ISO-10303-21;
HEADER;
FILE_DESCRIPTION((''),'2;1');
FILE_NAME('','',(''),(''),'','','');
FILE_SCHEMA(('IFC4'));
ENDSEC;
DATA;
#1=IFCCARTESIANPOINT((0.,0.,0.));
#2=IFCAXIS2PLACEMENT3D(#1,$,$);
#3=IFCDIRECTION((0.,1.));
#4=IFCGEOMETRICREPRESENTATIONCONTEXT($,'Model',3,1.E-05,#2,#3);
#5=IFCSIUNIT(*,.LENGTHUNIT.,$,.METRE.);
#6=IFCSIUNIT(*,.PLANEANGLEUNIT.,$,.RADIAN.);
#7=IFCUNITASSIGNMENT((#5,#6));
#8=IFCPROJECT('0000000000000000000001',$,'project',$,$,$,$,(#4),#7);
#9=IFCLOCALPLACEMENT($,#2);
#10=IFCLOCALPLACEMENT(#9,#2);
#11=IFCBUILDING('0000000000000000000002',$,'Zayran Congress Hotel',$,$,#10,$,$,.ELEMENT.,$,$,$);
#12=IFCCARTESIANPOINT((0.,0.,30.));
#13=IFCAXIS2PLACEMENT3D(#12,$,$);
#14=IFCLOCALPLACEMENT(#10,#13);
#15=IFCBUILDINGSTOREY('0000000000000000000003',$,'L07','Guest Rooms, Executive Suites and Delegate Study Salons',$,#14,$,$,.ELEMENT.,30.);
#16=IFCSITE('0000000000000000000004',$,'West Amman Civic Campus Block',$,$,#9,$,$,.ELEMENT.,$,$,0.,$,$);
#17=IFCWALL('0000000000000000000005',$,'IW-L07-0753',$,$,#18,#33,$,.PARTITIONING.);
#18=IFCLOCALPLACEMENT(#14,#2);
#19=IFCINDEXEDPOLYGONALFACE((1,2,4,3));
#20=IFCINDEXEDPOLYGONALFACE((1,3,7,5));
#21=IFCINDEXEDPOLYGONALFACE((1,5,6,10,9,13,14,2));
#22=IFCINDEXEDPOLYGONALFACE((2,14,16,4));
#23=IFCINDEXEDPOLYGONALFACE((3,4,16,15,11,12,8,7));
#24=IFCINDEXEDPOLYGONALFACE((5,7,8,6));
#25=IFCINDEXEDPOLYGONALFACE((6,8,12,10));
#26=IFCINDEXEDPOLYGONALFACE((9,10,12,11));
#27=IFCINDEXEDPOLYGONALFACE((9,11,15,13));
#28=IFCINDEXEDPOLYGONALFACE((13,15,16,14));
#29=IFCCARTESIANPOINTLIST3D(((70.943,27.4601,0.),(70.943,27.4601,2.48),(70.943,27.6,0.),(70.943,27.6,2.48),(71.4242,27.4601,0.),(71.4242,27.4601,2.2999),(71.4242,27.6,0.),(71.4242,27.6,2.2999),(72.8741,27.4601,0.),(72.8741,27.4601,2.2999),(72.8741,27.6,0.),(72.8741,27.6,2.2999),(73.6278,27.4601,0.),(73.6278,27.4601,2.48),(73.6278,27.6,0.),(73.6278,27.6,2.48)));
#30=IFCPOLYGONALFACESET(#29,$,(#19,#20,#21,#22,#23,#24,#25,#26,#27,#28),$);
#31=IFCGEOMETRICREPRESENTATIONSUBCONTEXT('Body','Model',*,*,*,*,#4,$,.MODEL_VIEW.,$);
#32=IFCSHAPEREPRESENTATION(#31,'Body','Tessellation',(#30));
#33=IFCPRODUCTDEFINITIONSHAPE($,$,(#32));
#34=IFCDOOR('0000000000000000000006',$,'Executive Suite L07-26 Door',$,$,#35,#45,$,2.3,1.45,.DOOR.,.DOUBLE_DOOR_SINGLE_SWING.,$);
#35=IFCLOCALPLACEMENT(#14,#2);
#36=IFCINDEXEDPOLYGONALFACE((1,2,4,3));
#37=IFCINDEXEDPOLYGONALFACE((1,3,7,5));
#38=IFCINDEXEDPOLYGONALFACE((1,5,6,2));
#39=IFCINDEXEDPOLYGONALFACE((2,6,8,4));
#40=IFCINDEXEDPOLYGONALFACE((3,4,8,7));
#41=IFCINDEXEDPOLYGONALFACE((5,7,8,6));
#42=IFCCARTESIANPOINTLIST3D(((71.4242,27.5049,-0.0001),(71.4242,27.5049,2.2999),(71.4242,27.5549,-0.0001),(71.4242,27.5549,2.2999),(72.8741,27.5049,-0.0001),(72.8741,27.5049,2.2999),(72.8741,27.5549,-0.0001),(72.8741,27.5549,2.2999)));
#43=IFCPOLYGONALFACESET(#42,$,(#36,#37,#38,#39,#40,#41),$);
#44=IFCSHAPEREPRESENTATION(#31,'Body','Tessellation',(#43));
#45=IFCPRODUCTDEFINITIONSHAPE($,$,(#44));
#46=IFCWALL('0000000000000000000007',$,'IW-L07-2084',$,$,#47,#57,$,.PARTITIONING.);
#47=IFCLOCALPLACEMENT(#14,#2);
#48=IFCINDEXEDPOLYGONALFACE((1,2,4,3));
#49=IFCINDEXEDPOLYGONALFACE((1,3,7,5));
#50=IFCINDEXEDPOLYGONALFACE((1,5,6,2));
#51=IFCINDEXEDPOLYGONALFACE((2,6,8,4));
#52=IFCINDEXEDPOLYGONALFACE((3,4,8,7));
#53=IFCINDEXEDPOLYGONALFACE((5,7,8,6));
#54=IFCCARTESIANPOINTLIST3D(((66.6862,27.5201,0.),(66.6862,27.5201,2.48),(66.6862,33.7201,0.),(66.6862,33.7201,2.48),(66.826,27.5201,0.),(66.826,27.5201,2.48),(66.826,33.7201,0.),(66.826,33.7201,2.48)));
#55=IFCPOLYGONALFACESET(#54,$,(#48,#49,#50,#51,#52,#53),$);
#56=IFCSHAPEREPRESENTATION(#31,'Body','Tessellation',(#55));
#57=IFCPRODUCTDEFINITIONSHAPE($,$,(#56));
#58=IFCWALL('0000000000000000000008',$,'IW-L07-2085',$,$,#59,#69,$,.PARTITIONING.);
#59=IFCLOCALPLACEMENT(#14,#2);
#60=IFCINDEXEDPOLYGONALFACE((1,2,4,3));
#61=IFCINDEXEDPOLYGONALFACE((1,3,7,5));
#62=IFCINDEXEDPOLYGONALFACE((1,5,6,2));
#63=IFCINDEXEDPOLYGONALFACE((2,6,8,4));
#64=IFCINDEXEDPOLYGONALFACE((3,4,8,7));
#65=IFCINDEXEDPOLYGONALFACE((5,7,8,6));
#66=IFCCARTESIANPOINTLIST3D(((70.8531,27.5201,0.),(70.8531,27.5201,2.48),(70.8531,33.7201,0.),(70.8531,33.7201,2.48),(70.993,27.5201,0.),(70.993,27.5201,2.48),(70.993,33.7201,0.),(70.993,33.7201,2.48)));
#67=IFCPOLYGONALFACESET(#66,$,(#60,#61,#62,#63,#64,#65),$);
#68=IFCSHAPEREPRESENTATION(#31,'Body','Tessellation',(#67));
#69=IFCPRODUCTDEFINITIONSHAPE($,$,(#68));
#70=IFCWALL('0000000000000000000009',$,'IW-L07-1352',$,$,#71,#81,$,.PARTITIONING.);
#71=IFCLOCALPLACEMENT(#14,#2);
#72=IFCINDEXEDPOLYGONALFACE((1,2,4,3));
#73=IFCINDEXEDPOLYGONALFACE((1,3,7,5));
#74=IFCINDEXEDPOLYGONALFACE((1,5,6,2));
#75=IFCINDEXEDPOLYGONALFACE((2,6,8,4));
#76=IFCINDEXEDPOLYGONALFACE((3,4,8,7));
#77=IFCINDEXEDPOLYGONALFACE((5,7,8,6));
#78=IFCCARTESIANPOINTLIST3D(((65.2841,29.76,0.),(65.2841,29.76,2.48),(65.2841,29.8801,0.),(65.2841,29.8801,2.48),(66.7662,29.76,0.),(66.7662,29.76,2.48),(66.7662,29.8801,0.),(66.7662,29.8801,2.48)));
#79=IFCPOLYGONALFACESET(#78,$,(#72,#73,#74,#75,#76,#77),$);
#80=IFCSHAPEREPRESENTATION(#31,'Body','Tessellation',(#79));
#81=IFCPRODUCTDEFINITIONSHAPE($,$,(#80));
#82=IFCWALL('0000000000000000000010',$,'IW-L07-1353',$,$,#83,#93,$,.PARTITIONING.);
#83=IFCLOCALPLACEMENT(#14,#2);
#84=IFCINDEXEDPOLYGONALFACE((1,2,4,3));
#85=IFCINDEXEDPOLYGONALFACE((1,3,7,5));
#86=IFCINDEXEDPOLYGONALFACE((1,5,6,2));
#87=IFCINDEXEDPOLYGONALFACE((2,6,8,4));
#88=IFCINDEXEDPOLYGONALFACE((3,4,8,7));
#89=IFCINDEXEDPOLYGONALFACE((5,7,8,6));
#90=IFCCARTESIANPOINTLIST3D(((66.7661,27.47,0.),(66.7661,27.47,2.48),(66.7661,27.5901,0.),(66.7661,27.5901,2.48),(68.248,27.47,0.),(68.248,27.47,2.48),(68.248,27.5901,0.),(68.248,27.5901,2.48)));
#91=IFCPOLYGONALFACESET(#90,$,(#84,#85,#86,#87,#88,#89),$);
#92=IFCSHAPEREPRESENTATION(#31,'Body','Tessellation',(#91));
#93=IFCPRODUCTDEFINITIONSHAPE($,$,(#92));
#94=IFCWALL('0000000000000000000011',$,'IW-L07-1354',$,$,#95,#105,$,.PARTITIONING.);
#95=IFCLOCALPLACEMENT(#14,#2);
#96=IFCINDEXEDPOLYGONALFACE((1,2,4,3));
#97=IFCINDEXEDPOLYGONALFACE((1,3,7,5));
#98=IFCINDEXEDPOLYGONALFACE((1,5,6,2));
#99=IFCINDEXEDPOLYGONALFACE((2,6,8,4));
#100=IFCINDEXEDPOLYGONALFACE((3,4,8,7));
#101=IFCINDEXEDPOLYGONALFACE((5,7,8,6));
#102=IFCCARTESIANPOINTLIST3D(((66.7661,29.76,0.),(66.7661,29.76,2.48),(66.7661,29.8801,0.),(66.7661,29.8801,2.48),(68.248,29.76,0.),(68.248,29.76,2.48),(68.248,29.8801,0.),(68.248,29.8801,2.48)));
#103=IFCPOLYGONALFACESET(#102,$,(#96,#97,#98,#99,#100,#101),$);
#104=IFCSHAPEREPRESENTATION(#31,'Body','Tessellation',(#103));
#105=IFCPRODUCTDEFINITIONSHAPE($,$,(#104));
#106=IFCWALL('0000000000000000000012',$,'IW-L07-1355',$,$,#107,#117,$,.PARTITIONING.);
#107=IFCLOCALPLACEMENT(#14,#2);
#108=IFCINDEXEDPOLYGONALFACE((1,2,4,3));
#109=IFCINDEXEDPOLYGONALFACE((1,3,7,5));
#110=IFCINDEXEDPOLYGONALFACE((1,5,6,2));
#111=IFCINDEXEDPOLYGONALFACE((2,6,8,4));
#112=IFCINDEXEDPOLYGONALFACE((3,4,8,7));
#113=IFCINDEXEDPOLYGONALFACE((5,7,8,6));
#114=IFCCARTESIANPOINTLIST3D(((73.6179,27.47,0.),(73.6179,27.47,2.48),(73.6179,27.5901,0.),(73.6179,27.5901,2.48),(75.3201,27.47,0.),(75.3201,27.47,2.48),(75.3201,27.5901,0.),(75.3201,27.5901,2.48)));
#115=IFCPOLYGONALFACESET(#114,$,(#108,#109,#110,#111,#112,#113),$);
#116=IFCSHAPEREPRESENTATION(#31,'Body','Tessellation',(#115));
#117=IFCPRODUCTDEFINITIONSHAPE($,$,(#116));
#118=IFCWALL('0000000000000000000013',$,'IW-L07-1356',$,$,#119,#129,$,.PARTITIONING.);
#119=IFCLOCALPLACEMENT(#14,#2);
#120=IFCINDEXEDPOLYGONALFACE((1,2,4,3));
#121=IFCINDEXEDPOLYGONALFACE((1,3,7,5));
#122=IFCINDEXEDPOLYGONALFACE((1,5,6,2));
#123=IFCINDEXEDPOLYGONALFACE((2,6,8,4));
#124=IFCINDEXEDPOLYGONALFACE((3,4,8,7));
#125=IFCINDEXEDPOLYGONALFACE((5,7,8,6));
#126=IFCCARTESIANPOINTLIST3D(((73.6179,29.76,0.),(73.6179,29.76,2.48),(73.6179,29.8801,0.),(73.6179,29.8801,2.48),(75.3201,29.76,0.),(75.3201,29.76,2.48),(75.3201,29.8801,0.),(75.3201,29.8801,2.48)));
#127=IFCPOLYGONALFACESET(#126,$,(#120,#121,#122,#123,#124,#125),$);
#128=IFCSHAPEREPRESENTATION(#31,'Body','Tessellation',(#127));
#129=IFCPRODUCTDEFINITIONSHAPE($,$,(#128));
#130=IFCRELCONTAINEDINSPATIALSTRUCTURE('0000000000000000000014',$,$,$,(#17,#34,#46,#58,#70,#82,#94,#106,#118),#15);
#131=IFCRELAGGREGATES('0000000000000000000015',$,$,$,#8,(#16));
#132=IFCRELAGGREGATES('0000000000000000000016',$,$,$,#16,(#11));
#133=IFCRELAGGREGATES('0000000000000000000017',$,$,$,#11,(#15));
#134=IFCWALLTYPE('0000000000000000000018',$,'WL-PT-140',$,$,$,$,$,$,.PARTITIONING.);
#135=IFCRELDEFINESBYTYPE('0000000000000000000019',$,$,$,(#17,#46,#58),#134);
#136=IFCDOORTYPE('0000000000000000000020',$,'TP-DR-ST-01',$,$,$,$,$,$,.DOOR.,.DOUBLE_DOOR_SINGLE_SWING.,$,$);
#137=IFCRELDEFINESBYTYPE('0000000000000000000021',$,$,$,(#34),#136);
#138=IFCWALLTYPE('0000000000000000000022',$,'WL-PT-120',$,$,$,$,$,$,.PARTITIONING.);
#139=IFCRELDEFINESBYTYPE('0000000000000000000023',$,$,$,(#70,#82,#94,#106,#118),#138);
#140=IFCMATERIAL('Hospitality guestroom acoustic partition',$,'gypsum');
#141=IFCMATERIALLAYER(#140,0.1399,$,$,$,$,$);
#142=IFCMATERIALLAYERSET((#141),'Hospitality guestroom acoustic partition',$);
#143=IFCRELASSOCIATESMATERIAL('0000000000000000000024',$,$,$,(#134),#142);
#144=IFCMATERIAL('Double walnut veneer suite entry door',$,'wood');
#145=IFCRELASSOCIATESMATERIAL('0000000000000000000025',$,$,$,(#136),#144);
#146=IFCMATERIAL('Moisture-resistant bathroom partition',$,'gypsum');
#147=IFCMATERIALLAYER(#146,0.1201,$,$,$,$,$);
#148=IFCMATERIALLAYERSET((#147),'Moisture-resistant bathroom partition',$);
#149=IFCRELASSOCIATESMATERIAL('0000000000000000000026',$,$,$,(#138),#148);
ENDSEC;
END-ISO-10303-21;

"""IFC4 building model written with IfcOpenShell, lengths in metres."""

from ifc_helpers import new_model, si_unit, direction, frame, frame_2d, origin, place, context, subcontext, project, spatial, rectangle, extrude, material, layer, layer_set, type_object, element, fill, save


model = new_model("IFC4")

# Units and contexts
model_context = context("Model", 3, precision=1e-05, world=origin(), true_north=direction((0.0, 1.0)))
body_context = subcontext(model_context, "Body", "Model", "MODEL_VIEW")
ifc_project = project(units=[si_unit("LENGTHUNIT", "METRE"), si_unit("PLANEANGLEUNIT", "RADIAN")], contexts=[model_context])

# Site, building, storey
site_placement = place(None, origin())
site = spatial("IfcSite", under=ifc_project, at=site_placement, Name="West Amman Civic Campus Block", CompositionType="ELEMENT", RefElevation=0.0)
building_placement = place(site_placement, origin())
building = spatial("IfcBuilding", under=site, at=building_placement, Name="Zayran Congress Hotel", CompositionType="ELEMENT")
storey_placement = place(building_placement, frame((0.0, 0.0, 30.0)))
storey = spatial("IfcBuildingStorey", under=building, at=storey_placement, Name="L07", Description="Guest Rooms, Executive Suites and Delegate Study Salons", CompositionType="ELEMENT", Elevation=30.0)

# Wall, opening, door
ifc_material_1 = material(Name="Hospitality guestroom acoustic partition", Category="gypsum")
ifc_layer_1 = layer(ifc_material_1, 0.1399)
ifc_layer_set_1 = layer_set([ifc_layer_1], Name="Hospitality guestroom acoustic partition")
wall_type_1 = type_object("IfcWallType", Name="WL-PT-140", PredefinedType="PARTITIONING", material=ifc_layer_set_1)
wall_1_placement = place(storey_placement, frame((70.9431, 27.53, 0.0), z_axis=(0.0, 0.0, 1.0), x_axis=(1.0, 0.0, 0.0)))
wall_1 = element("IfcWall", 1, at=wall_1_placement, inside=storey, type_object=wall_type_1, Name="IW-L07-0753", PredefinedType="PARTITIONING", context=body_context, shape_type="SweptSolid", body=[
    extrude(rectangle(XDim=2.6848, YDim=0.1399, at=frame_2d((1.3423, 0.0))), origin(), (0.0, 0.0, 1.0), 2.48),
])
opening_1_placement = place(wall_1_placement, frame((0.481, 0.0, 0.0)))
opening_1 = element("IfcOpeningElement", 2, at=opening_1_placement, cuts=wall_1, PredefinedType="OPENING", context=body_context, shape_type="SweptSolid", body=[
    extrude(rectangle(XDim=1.45, YDim=2.3, at=frame_2d((0.7251, 1.1499))), frame((0.0, 0.0798, 0.0), z_axis=(0.0, -1.0, 0.0), x_axis=(1.0, 0.0, 0.0)), (0.0, 0.0, 1.0), 0.1599),
])
ifc_material_2 = material(Name="Double walnut veneer suite entry door", Category="wood")
door_type_1 = type_object("IfcDoorType", Name="TP-DR-ST-01", OperationType="DOUBLE_DOOR_SINGLE_SWING", PredefinedType="DOOR", material=ifc_material_2)
door_1_placement = place(opening_1_placement, origin())
door_1 = element("IfcDoor", 3, at=door_1_placement, inside=storey, type_object=door_type_1, Name="Executive Suite L07-26 Door", OperationType="DOUBLE_DOOR_SINGLE_SWING", OverallHeight=2.3, OverallWidth=1.45, PredefinedType="DOOR", context=body_context, shape_type="SweptSolid", body=[
    extrude(rectangle(XDim=1.45, YDim=2.3, at=frame_2d((0.7251, 1.1499))), frame((0.0, 0.0249, 0.0), z_axis=(0.0, -1.0, 0.0), x_axis=(1.0, 0.0, 0.0)), (0.0, 0.0, 1.0), 0.05),
])
fill(opening_1, door_1)

# Walls
for number, where, z_axis, x_axis, name in (
    (4, (66.7561, 27.52, 0.0), (0.0, 0.0, 1.0), (0.0, 1.0, 0.0), "IW-L07-2084"),
    (5, (70.9231, 27.52, 0.0), (0.0, 0.0, 1.0), (0.0, 1.0, 0.0), "IW-L07-2085"),
):
    element("IfcWall", number, at=place(storey_placement, frame(where, z_axis=z_axis, x_axis=x_axis)), inside=storey, type_object=wall_type_1, Name=name, PredefinedType="PARTITIONING", context=body_context, shape_type="SweptSolid", body=[
        extrude(rectangle(XDim=6.2, YDim=0.1399, at=frame_2d((3.1001, 0.0))), origin(), (0.0, 0.0, 1.0), 2.48),
    ])

# Shared definitions
ifc_material_3 = material(Name="Moisture-resistant bathroom partition", Category="gypsum")
ifc_layer_2 = layer(ifc_material_3, 0.1201)
ifc_layer_set_2 = layer_set([ifc_layer_2], Name="Moisture-resistant bathroom partition")
wall_type_2 = type_object("IfcWallType", Name="WL-PT-120", PredefinedType="PARTITIONING", material=ifc_layer_set_2)

# Walls
wall_2_placement = place(storey_placement, frame((65.2839, 29.8201, 0.0), z_axis=(0.0, 0.0, 1.0), x_axis=(1.0, 0.0, 0.0)))
element("IfcWall", 6, at=wall_2_placement, inside=storey, type_object=wall_type_2, Name="IW-L07-1352", PredefinedType="PARTITIONING", context=body_context, shape_type="SweptSolid", body=[
    extrude(rectangle(XDim=1.4822, YDim=0.1201, at=frame_2d((0.7412, 0.0))), origin(), (0.0, 0.0, 1.0), 2.48),
])
for number, where, z_axis, x_axis, name in (
    (7, (66.7661, 27.53, 0.0), (0.0, 0.0, 1.0), (1.0, 0.0, 0.0), "IW-L07-1353"),
    (8, (66.7661, 29.8201, 0.0), (0.0, 0.0, 1.0), (1.0, 0.0, 0.0), "IW-L07-1354"),
):
    element("IfcWall", number, at=place(storey_placement, frame(where, z_axis=z_axis, x_axis=x_axis)), inside=storey, type_object=wall_type_2, Name=name, PredefinedType="PARTITIONING", context=body_context, shape_type="SweptSolid", body=[
        extrude(rectangle(XDim=1.4819, YDim=0.1201, at=frame_2d((0.741, 0.0))), origin(), (0.0, 0.0, 1.0), 2.48),
    ])
for number, where, z_axis, x_axis, name in (
    (9, (73.6179, 27.53, 0.0), (0.0, 0.0, 1.0), (1.0, 0.0, 0.0), "IW-L07-1355"),
    (10, (73.6179, 29.8201, 0.0), (0.0, 0.0, 1.0), (1.0, 0.0, 0.0), "IW-L07-1356"),
):
    element("IfcWall", number, at=place(storey_placement, frame(where, z_axis=z_axis, x_axis=x_axis)), inside=storey, type_object=wall_type_2, Name=name, PredefinedType="PARTITIONING", context=body_context, shape_type="SweptSolid", body=[
        extrude(rectangle(XDim=1.7021, YDim=0.1201, at=frame_2d((0.8511, 0.0))), origin(), (0.0, 0.0, 1.0), 2.48),
    ])

save(model, "model.ifc")
